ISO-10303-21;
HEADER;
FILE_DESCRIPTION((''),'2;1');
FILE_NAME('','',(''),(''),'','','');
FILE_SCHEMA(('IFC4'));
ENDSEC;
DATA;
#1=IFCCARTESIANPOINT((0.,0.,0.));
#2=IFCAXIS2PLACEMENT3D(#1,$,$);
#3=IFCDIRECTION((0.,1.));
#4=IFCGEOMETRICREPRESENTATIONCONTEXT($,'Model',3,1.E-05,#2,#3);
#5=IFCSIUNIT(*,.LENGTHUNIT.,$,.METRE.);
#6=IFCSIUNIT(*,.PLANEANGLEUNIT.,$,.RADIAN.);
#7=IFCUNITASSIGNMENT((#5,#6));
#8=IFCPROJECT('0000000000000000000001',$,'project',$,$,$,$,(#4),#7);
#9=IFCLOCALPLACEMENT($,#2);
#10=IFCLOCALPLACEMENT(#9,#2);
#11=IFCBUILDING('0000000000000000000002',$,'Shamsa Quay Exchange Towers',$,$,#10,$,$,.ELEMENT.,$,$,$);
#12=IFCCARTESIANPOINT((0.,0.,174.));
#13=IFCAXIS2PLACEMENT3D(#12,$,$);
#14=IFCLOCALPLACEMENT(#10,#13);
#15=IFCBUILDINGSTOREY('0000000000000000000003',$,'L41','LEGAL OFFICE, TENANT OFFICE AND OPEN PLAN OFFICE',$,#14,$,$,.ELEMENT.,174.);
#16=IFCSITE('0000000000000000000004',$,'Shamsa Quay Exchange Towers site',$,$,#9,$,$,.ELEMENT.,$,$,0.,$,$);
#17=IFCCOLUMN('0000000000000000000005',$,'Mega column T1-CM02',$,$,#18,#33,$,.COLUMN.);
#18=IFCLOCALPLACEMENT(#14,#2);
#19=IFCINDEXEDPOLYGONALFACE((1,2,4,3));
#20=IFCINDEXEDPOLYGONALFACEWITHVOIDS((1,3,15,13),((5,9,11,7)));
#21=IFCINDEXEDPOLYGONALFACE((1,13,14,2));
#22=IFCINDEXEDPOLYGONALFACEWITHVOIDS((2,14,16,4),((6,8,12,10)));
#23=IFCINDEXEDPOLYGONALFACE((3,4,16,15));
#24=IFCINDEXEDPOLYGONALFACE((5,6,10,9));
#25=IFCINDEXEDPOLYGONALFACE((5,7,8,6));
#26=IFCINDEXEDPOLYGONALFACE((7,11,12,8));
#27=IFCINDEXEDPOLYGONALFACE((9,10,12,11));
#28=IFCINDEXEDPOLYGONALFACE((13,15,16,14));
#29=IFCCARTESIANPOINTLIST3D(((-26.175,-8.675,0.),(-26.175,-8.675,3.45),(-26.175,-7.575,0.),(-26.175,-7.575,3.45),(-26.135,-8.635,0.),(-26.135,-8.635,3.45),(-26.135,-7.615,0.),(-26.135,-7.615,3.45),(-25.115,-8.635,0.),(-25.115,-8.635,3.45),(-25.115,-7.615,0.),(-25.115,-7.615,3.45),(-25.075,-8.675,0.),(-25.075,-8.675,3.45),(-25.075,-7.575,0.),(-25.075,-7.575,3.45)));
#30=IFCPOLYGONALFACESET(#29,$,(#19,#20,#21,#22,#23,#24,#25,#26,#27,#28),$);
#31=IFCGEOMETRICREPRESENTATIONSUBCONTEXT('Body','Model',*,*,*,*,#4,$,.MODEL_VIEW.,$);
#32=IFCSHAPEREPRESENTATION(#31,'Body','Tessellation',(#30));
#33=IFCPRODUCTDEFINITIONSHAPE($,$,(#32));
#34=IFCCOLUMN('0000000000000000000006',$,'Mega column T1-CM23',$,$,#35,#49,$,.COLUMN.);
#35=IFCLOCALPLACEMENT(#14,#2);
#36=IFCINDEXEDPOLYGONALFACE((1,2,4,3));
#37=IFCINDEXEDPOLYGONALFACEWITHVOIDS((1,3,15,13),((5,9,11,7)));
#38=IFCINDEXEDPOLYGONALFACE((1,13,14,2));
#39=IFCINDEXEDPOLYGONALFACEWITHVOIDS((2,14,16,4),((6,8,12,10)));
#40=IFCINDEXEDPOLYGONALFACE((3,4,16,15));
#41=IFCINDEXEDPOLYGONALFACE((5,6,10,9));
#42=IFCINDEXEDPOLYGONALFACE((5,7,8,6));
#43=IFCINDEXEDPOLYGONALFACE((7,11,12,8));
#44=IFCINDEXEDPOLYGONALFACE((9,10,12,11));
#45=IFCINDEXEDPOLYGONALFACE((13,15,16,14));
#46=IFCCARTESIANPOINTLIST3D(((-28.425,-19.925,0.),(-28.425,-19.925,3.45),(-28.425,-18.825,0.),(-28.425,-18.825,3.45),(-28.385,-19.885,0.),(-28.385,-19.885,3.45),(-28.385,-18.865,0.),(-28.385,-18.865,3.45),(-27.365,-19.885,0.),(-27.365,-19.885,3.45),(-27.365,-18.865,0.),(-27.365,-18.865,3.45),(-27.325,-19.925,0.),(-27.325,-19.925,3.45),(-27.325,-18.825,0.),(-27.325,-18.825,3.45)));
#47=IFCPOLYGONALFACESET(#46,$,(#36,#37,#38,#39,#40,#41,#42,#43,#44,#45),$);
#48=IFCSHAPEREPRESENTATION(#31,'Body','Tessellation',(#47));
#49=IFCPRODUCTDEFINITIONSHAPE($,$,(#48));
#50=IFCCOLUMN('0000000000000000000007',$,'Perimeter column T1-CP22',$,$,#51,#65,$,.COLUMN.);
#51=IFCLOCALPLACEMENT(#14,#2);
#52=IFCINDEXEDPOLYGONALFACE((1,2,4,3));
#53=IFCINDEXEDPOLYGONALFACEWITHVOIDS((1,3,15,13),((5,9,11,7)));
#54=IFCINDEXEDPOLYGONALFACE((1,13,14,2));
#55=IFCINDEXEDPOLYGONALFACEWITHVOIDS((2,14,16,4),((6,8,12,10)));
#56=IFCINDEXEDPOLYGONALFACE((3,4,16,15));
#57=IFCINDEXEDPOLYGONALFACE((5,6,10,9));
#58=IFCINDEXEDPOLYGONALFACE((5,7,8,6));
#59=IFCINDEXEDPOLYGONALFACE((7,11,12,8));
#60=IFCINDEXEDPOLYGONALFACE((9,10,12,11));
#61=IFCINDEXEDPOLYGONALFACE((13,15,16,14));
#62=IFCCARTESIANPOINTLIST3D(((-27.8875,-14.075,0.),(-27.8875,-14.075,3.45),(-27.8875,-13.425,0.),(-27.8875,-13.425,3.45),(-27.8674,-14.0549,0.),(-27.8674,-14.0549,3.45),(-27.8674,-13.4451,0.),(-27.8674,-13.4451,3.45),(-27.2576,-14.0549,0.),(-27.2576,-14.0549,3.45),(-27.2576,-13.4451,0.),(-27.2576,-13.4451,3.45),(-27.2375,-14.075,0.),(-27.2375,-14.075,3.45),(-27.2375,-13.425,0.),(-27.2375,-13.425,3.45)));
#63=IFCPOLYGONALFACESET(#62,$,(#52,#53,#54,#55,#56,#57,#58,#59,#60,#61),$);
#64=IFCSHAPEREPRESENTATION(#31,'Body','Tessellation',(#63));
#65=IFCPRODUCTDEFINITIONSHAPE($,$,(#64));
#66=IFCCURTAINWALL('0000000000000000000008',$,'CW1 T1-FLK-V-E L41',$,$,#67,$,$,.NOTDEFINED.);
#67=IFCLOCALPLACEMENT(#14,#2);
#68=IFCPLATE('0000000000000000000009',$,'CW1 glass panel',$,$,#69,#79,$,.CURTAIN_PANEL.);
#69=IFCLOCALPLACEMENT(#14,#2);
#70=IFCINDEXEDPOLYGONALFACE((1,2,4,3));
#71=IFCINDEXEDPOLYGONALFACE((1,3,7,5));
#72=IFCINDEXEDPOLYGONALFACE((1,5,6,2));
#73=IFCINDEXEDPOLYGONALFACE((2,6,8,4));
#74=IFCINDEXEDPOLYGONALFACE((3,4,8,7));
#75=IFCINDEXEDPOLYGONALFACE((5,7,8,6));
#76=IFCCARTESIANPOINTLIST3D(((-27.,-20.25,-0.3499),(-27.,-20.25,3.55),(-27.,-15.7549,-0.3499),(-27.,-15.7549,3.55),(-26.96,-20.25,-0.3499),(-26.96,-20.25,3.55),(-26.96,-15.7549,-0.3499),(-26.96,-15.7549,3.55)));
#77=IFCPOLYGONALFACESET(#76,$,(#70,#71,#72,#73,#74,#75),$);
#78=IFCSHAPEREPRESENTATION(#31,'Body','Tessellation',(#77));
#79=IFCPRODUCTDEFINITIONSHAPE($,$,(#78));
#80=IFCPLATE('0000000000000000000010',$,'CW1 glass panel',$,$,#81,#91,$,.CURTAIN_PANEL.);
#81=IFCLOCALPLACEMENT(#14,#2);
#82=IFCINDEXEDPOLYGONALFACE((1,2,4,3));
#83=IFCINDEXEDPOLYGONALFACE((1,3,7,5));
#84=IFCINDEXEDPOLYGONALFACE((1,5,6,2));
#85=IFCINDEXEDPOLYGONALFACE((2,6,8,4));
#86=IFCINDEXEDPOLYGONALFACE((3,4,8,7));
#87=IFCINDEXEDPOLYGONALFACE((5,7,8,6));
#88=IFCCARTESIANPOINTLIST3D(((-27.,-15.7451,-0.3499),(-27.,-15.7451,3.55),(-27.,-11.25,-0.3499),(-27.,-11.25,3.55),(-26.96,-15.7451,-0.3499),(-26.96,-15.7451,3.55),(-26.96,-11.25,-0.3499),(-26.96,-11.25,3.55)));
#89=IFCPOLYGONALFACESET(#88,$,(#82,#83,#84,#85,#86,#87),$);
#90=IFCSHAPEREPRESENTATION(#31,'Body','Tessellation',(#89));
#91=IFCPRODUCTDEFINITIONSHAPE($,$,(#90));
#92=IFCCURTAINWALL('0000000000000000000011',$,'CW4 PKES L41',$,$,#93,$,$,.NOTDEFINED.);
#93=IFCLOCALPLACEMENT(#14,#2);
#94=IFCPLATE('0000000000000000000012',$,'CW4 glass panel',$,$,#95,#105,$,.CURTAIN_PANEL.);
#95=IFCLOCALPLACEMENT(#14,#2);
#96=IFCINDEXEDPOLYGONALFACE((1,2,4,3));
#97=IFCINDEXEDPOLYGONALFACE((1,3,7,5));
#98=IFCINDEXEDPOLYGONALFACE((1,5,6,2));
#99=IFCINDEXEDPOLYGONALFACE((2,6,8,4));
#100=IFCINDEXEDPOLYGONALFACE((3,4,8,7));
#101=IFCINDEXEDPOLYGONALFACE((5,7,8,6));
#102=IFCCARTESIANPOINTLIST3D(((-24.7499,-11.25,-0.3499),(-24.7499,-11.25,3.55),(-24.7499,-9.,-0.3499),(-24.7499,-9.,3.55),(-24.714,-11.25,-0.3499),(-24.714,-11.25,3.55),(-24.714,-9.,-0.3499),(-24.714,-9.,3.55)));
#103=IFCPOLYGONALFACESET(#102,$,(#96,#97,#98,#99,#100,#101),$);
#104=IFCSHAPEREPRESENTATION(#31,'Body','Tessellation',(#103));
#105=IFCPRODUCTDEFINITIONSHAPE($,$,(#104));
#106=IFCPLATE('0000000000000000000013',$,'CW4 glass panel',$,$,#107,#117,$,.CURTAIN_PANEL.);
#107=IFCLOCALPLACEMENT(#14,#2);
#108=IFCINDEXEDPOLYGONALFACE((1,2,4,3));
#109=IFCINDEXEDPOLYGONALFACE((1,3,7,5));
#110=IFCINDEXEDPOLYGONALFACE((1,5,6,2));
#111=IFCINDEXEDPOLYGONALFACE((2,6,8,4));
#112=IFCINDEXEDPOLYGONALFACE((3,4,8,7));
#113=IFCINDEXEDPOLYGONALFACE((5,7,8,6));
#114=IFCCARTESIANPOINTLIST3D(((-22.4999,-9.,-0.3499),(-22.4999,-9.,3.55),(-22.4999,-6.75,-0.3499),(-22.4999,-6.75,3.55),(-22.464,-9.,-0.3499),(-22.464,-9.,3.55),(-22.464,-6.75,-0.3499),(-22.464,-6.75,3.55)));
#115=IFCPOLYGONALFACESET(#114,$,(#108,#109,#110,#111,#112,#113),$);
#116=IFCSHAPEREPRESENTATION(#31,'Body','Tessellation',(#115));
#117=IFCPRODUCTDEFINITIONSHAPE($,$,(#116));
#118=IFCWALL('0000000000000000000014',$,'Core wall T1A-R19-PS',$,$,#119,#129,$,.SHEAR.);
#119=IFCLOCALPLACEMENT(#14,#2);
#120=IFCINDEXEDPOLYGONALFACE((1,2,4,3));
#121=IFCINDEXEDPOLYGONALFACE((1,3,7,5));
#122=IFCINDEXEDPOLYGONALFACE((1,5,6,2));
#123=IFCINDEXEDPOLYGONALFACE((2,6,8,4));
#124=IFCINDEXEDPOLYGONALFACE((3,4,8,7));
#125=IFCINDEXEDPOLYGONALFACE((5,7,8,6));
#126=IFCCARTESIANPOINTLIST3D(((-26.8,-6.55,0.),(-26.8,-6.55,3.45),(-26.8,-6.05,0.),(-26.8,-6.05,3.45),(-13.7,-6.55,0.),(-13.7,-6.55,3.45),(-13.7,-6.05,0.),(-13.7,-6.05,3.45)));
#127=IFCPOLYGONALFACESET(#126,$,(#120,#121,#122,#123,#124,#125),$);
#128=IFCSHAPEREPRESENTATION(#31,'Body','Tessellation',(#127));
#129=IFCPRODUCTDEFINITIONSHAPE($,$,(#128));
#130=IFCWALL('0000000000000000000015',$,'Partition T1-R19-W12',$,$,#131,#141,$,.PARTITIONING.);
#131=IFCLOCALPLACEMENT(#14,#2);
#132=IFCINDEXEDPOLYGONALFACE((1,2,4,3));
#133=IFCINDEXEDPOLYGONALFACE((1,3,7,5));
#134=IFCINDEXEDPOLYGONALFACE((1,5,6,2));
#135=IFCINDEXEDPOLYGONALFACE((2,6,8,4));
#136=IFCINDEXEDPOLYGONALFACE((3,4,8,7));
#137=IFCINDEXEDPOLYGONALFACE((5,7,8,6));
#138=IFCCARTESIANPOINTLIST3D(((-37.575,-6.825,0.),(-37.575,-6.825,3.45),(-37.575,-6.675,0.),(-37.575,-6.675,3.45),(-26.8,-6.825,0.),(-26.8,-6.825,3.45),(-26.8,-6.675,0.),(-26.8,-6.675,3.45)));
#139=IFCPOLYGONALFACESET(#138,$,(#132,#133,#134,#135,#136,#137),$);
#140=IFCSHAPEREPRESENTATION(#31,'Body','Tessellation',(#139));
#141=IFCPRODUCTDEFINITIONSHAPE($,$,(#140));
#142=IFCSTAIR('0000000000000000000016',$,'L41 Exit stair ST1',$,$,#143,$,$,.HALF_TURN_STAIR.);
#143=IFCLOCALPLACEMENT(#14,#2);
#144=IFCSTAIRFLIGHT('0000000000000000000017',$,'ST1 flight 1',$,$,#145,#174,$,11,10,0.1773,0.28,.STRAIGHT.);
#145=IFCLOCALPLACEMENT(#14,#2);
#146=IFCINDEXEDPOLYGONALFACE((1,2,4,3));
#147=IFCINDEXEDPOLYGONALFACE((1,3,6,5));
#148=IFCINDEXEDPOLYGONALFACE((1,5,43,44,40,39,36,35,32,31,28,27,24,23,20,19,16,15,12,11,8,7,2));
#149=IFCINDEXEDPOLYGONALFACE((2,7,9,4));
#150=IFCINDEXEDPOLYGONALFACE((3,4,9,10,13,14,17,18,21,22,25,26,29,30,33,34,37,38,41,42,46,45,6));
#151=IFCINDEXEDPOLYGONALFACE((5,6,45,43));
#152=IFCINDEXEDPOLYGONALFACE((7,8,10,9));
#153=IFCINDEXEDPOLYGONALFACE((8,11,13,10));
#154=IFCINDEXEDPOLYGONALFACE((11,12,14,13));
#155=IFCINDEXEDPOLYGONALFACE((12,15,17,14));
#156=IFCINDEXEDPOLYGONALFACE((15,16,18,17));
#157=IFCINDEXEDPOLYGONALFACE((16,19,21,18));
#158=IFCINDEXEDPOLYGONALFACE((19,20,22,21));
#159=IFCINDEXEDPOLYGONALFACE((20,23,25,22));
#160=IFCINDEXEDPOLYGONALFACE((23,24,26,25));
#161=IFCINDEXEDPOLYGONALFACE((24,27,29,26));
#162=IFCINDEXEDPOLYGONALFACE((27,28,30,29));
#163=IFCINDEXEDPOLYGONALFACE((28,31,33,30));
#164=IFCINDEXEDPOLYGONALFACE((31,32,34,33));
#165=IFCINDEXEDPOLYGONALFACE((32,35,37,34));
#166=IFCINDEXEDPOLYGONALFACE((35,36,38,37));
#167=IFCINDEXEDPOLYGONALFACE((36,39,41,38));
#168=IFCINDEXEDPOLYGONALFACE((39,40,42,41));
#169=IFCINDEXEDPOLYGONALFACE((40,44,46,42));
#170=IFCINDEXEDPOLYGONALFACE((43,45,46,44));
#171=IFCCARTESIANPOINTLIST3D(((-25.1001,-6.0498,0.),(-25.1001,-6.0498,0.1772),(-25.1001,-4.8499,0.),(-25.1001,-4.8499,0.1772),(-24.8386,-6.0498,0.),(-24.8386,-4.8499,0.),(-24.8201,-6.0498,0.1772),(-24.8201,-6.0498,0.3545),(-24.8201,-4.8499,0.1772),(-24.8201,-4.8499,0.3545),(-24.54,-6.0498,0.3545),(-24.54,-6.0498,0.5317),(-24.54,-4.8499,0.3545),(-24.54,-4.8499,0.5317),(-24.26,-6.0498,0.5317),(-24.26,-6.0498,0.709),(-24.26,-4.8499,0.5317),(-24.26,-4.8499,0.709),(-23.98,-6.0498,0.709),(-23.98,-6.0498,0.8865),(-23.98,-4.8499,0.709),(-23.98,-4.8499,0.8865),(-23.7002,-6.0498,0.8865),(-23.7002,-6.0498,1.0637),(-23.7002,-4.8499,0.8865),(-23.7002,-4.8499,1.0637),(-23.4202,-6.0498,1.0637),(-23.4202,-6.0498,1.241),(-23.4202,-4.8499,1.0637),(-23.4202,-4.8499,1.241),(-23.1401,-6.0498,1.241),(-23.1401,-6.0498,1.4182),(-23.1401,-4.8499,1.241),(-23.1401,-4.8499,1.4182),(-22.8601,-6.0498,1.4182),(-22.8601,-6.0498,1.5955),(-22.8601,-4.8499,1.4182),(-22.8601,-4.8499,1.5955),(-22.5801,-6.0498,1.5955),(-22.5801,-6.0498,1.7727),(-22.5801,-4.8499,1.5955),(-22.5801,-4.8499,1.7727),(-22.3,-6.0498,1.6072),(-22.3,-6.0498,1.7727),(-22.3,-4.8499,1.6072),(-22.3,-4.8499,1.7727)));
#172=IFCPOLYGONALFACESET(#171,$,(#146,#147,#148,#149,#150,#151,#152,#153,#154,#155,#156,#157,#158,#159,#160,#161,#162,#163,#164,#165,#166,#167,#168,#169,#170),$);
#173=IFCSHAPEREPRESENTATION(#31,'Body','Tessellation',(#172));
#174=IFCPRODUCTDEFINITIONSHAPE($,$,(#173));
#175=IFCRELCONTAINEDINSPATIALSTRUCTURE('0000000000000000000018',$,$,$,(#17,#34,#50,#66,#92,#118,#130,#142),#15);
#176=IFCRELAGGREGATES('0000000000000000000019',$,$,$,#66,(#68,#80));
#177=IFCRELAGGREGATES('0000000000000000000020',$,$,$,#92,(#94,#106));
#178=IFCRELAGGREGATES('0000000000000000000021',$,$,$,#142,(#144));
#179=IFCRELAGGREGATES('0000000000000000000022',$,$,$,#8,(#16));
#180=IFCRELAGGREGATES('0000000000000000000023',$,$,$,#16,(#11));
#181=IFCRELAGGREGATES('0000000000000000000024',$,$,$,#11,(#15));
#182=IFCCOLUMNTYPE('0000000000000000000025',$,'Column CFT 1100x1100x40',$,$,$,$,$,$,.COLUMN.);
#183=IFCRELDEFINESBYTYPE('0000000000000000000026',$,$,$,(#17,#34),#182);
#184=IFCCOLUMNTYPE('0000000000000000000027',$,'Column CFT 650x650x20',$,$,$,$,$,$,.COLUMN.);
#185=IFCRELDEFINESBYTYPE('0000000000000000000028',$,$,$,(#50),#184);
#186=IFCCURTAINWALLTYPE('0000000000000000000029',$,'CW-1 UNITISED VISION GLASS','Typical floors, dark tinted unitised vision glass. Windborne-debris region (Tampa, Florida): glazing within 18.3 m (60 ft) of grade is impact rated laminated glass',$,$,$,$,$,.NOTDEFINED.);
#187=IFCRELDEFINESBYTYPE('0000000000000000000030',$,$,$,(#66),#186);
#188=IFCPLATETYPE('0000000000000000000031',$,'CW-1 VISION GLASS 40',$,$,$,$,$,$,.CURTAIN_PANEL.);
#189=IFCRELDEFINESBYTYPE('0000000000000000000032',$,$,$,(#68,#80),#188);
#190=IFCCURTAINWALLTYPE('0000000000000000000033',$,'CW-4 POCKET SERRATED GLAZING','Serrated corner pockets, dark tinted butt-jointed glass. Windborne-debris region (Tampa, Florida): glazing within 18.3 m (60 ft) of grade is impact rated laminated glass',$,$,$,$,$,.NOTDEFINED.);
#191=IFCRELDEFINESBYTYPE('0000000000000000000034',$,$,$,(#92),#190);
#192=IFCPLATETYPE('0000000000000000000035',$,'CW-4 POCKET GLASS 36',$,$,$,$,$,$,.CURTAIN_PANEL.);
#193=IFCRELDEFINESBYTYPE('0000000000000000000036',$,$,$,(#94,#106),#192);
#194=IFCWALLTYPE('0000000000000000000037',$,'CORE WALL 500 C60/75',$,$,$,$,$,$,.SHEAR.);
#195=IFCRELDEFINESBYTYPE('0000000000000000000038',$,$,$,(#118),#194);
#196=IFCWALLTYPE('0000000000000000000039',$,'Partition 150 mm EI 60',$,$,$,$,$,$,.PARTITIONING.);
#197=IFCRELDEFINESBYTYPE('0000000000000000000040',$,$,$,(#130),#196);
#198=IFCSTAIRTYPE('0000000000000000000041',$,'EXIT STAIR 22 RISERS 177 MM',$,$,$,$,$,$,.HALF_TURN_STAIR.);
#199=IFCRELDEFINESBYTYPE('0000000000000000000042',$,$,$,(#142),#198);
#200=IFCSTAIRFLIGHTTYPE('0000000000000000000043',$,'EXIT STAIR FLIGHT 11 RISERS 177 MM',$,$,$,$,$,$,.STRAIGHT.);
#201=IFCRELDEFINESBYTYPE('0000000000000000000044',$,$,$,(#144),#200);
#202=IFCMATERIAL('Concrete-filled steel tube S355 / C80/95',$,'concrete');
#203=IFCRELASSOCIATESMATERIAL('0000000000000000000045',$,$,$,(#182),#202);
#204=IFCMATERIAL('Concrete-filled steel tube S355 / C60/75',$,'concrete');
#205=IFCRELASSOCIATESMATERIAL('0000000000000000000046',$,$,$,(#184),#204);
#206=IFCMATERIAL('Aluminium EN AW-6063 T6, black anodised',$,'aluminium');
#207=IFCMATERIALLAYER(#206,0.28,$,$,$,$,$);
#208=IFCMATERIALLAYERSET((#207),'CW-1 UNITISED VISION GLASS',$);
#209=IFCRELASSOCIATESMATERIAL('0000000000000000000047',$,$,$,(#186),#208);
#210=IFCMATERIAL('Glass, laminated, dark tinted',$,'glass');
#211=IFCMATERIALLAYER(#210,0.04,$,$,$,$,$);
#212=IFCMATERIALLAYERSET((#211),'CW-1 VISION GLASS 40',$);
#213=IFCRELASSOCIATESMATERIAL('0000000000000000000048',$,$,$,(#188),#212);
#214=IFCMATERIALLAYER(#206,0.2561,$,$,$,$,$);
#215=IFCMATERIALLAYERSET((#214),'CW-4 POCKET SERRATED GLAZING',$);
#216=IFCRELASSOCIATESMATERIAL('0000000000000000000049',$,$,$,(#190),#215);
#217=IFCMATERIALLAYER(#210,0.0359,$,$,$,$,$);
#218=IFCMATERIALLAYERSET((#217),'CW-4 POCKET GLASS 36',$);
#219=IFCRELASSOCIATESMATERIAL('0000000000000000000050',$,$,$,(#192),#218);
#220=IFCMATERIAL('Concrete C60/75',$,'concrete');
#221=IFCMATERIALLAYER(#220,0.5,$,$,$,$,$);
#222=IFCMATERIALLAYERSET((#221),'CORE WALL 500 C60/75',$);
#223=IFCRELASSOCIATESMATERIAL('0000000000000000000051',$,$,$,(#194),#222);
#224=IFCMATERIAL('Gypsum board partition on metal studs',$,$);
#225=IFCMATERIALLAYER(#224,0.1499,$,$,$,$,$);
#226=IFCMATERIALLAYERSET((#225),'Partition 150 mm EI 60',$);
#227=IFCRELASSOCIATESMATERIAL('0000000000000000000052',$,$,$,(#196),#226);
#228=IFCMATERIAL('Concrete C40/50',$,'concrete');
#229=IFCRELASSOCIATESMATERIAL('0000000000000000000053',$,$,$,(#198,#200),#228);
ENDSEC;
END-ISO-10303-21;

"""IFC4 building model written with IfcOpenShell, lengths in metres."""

from ifc_helpers import new_model, si_unit, direction, frame, frame_2d, origin, origin_2d, place, context, subcontext, project, spatial, polyline, rectangle, hollow_rectangle, outline, extrude, material, layer, layer_set, material_profile, profile_set, type_object, element, aggregate, save


model = new_model("IFC4")

# Units and contexts
model_context = context("Model", 3, precision=1e-05, world=origin(), true_north=direction((0.0, 1.0)))
body_context = subcontext(model_context, "Body", "Model", "MODEL_VIEW")
ifc_project = project(units=[si_unit("LENGTHUNIT", "METRE"), si_unit("PLANEANGLEUNIT", "RADIAN")], contexts=[model_context])

# Site, building, storey
site_placement = place(None, origin())
site = spatial("IfcSite", under=ifc_project, at=site_placement, Name="Shamsa Quay Exchange Towers site", CompositionType="ELEMENT", RefElevation=0.0)
building_placement = place(site_placement, origin())
building = spatial("IfcBuilding", under=site, at=building_placement, Name="Shamsa Quay Exchange Towers", CompositionType="ELEMENT")
storey_placement = place(building_placement, frame((0.0, 0.0, 174.0)))
storey = spatial("IfcBuildingStorey", under=building, at=storey_placement, Name="L41", Description="LEGAL OFFICE, TENANT OFFICE AND OPEN PLAN OFFICE", CompositionType="ELEMENT", Elevation=174.0)

# Columns
ifc_material_1 = material(Name="Concrete-filled steel tube S355 / C80/95", Category="concrete")
ifc_material_profile_1 = material_profile(ifc_material_1, hollow_rectangle(XDim=1.1001, YDim=1.1001, WallThickness=0.04, at=origin_2d()), Name="CFT 1100x1100x40")
ifc_profile_set_1 = profile_set([ifc_material_profile_1], Name="Concrete-filled steel tube S355 / C80/95")
column_type_1 = type_object("IfcColumnType", Name="Column CFT 1100x1100x40", PredefinedType="COLUMN", material=ifc_profile_set_1)
for number, where, name in (
    (1, (-25.625, -8.125, 0.0), "Mega column T1-CM02"),
    (2, (-27.875, -19.375, 0.0), "Mega column T1-CM23"),
):
    element("IfcColumn", number, at=place(storey_placement, frame(where)), inside=storey, type_object=column_type_1, Name=name, PredefinedType="COLUMN", context=body_context, shape_type="SweptSolid", body=[
        extrude(hollow_rectangle(XDim=1.1001, YDim=1.1001, WallThickness=0.04, at=origin_2d()), origin(), (0.0, 0.0, 1.0), 3.45),
    ])
ifc_material_2 = material(Name="Concrete-filled steel tube S355 / C60/75", Category="concrete")
ifc_material_profile_2 = material_profile(ifc_material_2, hollow_rectangle(XDim=0.6499, YDim=0.6499, WallThickness=0.02, at=origin_2d()), Name="CFT 650x650x20")
ifc_profile_set_2 = profile_set([ifc_material_profile_2], Name="Concrete-filled steel tube S355 / C60/75")
column_type_2 = type_object("IfcColumnType", Name="Column CFT 650x650x20", PredefinedType="COLUMN", material=ifc_profile_set_2)
column_placement = place(storey_placement, frame((-27.5625, -13.75, 0.0)))
element("IfcColumn", 3, at=column_placement, inside=storey, type_object=column_type_2, Name="Perimeter column T1-CP22", PredefinedType="COLUMN", context=body_context, shape_type="SweptSolid", body=[
    extrude(hollow_rectangle(XDim=0.6499, YDim=0.6499, WallThickness=0.02, at=origin_2d()), origin(), (0.0, 0.0, 1.0), 3.45),
])

# Curtain walls, plates
ifc_material_3 = material(Name="Aluminium EN AW-6063 T6, black anodised", Category="aluminium")
ifc_layer_1 = layer(ifc_material_3, 0.28)
ifc_layer_set_1 = layer_set([ifc_layer_1], Name="CW-1 UNITISED VISION GLASS")
curtain_wall_type_1 = type_object("IfcCurtainWallType", Name="CW-1 UNITISED VISION GLASS", Description="Typical floors, dark tinted unitised vision glass. Windborne-debris region (Tampa, Florida): glazing within 18.3 m (60 ft) of grade is impact rated laminated glass", PredefinedType="NOTDEFINED", material=ifc_layer_set_1)
curtain_wall_1_placement = place(storey_placement, origin())
curtain_wall_1 = element("IfcCurtainWall", 4, at=curtain_wall_1_placement, inside=storey, type_object=curtain_wall_type_1, Name="CW1 T1-FLK-V-E L41", PredefinedType="NOTDEFINED")
ifc_material_4 = material(Name="Glass, laminated, dark tinted", Category="glass")
ifc_layer_2 = layer(ifc_material_4, 0.04)
ifc_layer_set_2 = layer_set([ifc_layer_2], Name="CW-1 VISION GLASS 40")
plate_type_1 = type_object("IfcPlateType", Name="CW-1 VISION GLASS 40", PredefinedType="CURTAIN_PANEL", material=ifc_layer_set_2)
plate_1_placement = place(storey_placement, frame((-26.98, -18.0024, -0.3499), z_axis=(0.0, 0.0, 1.0), x_axis=(0.0, 1.0, 0.0)))
plate_1 = element("IfcPlate", 5, at=plate_1_placement, type_object=plate_type_1, Name="CW1 glass panel", PredefinedType="CURTAIN_PANEL", context=body_context, shape_type="SweptSolid", body=[
    extrude(rectangle(XDim=4.4951, YDim=0.04, at=origin_2d()), origin(), (0.0, 0.0, 1.0), 3.8999),
])
plate_2_placement = place(storey_placement, frame((-26.98, -13.4976, -0.3499), z_axis=(0.0, 0.0, 1.0), x_axis=(0.0, 1.0, 0.0)))
plate_2 = element("IfcPlate", 6, at=plate_2_placement, type_object=plate_type_1, Name="CW1 glass panel", PredefinedType="CURTAIN_PANEL", context=body_context, shape_type="SweptSolid", body=[
    extrude(rectangle(XDim=4.4951, YDim=0.04, at=origin_2d()), origin(), (0.0, 0.0, 1.0), 3.8999),
])
aggregate(curtain_wall_1, [plate_1, plate_2])
ifc_layer_3 = layer(ifc_material_3, 0.2561)
ifc_layer_set_3 = layer_set([ifc_layer_3], Name="CW-4 POCKET SERRATED GLAZING")
curtain_wall_type_2 = type_object("IfcCurtainWallType", Name="CW-4 POCKET SERRATED GLAZING", Description="Serrated corner pockets, dark tinted butt-jointed glass. Windborne-debris region (Tampa, Florida): glazing within 18.3 m (60 ft) of grade is impact rated laminated glass", PredefinedType="NOTDEFINED", material=ifc_layer_set_3)
curtain_wall_2_placement = place(storey_placement, origin())
curtain_wall_2 = element("IfcCurtainWall", 7, at=curtain_wall_2_placement, inside=storey, type_object=curtain_wall_type_2, Name="CW4 PKES L41", PredefinedType="NOTDEFINED")
ifc_layer_4 = layer(ifc_material_4, 0.0359)
ifc_layer_set_4 = layer_set([ifc_layer_4], Name="CW-4 POCKET GLASS 36")
plate_type_2 = type_object("IfcPlateType", Name="CW-4 POCKET GLASS 36", PredefinedType="CURTAIN_PANEL", material=ifc_layer_set_4)
plate_3_placement = place(storey_placement, frame((-24.7319, -10.125, -0.3499), z_axis=(0.0, 0.0, 1.0), x_axis=(0.0, 1.0, 0.0)))
plate_3 = element("IfcPlate", 8, at=plate_3_placement, type_object=plate_type_2, Name="CW4 glass panel", PredefinedType="CURTAIN_PANEL", context=body_context, shape_type="SweptSolid", body=[
    extrude(rectangle(XDim=2.25, YDim=0.0359, at=origin_2d()), origin(), (0.0, 0.0, 1.0), 3.8999),
])
plate_4_placement = place(storey_placement, frame((-22.4819, -7.875, -0.3499), z_axis=(0.0, 0.0, 1.0), x_axis=(0.0, 1.0, 0.0)))
plate_4 = element("IfcPlate", 9, at=plate_4_placement, type_object=plate_type_2, Name="CW4 glass panel", PredefinedType="CURTAIN_PANEL", context=body_context, shape_type="SweptSolid", body=[
    extrude(rectangle(XDim=2.25, YDim=0.0359, at=origin_2d()), origin(), (0.0, 0.0, 1.0), 3.8999),
])
aggregate(curtain_wall_2, [plate_3, plate_4])

# Walls
ifc_material_5 = material(Name="Concrete C60/75", Category="concrete")
ifc_layer_5 = layer(ifc_material_5, 0.5)
ifc_layer_set_5 = layer_set([ifc_layer_5], Name="CORE WALL 500 C60/75")
wall_type_1 = type_object("IfcWallType", Name="CORE WALL 500 C60/75", PredefinedType="SHEAR", material=ifc_layer_set_5)
wall_1_placement = place(storey_placement, frame((-26.8, -6.3, 0.0)))
element("IfcWall", 10, at=wall_1_placement, inside=storey, type_object=wall_type_1, Name="Core wall T1A-R19-PS", PredefinedType="SHEAR", context=body_context, shape_type="SweptSolid", body=[
    extrude(rectangle(XDim=13.1001, YDim=0.5, at=frame_2d((6.55, 0.0))), origin(), (0.0, 0.0, 1.0), 3.45),
])
ifc_material_6 = material(Name="Gypsum board partition on metal studs")
ifc_layer_6 = layer(ifc_material_6, 0.1499)
ifc_layer_set_6 = layer_set([ifc_layer_6], Name="Partition 150 mm EI 60")
wall_type_2 = type_object("IfcWallType", Name="Partition 150 mm EI 60", PredefinedType="PARTITIONING", material=ifc_layer_set_6)
wall_2_placement = place(storey_placement, frame((-26.8, -6.75, 0.0), z_axis=(0.0, 0.0, 1.0), x_axis=(-1.0, 0.0, 0.0)))
element("IfcWall", 11, at=wall_2_placement, inside=storey, type_object=wall_type_2, Name="Partition T1-R19-W12", PredefinedType="PARTITIONING", context=body_context, shape_type="SweptSolid", body=[
    extrude(rectangle(XDim=10.7749, YDim=0.1499, at=frame_2d((5.3875, 0.0))), origin(), (0.0, 0.0, 1.0), 3.45),
])

# Stair, stair flight
ifc_material_7 = material(Name="Concrete C40/50", Category="concrete")
stair_type = type_object("IfcStairType", Name="EXIT STAIR 22 RISERS 177 MM", PredefinedType="HALF_TURN_STAIR", material=ifc_material_7)
stair_placement = place(storey_placement, origin())
stair = element("IfcStair", 12, at=stair_placement, inside=storey, type_object=stair_type, Name="L41 Exit stair ST1", PredefinedType="HALF_TURN_STAIR")
stair_flight_type = type_object("IfcStairFlightType", Name="EXIT STAIR FLIGHT 11 RISERS 177 MM", PredefinedType="STRAIGHT", material=ifc_material_7)
stair_flight_1_placement = place(storey_placement, frame((-25.1001, -5.45, 0.0)))
stair_flight_1 = element("IfcStairFlight", 13, at=stair_flight_1_placement, type_object=stair_flight_type, Name="ST1 flight 1", NumberOfRisers=11, NumberOfTreads=10, PredefinedType="STRAIGHT", RiserHeight=0.1773, TreadLength=0.28, context=body_context, shape_type="SweptSolid", body=[
    extrude(outline(polyline([(0.0, 0.0), (0.0, 0.1772), (0.28, 0.1772), (0.28, 0.3545), (0.5601, 0.3545), (0.5601, 0.5317), (0.8401, 0.5317), (0.8401, 0.709), (1.1201, 0.709), (1.1201, 0.8865), (1.3999, 0.8865), (1.3999, 1.0637), (1.6799, 1.0637), (1.6799, 1.241), (1.96, 1.241), (1.96, 1.4182), (2.24, 1.4182), (2.24, 1.5955), (2.52, 1.5955), (2.52, 1.7727), (2.8, 1.7727), (2.8, 1.95), (2.8, 1.6072), (0.2615, 0.0), (0.0, 0.0)])), frame((0.0, 0.6001, 0.0), z_axis=(0.0, -1.0, 0.0), x_axis=(1.0, 0.0, 0.0)), (0.0, 0.0, 1.0), 1.2),
])
aggregate(stair, [stair_flight_1])

save(model, "model.ifc")
